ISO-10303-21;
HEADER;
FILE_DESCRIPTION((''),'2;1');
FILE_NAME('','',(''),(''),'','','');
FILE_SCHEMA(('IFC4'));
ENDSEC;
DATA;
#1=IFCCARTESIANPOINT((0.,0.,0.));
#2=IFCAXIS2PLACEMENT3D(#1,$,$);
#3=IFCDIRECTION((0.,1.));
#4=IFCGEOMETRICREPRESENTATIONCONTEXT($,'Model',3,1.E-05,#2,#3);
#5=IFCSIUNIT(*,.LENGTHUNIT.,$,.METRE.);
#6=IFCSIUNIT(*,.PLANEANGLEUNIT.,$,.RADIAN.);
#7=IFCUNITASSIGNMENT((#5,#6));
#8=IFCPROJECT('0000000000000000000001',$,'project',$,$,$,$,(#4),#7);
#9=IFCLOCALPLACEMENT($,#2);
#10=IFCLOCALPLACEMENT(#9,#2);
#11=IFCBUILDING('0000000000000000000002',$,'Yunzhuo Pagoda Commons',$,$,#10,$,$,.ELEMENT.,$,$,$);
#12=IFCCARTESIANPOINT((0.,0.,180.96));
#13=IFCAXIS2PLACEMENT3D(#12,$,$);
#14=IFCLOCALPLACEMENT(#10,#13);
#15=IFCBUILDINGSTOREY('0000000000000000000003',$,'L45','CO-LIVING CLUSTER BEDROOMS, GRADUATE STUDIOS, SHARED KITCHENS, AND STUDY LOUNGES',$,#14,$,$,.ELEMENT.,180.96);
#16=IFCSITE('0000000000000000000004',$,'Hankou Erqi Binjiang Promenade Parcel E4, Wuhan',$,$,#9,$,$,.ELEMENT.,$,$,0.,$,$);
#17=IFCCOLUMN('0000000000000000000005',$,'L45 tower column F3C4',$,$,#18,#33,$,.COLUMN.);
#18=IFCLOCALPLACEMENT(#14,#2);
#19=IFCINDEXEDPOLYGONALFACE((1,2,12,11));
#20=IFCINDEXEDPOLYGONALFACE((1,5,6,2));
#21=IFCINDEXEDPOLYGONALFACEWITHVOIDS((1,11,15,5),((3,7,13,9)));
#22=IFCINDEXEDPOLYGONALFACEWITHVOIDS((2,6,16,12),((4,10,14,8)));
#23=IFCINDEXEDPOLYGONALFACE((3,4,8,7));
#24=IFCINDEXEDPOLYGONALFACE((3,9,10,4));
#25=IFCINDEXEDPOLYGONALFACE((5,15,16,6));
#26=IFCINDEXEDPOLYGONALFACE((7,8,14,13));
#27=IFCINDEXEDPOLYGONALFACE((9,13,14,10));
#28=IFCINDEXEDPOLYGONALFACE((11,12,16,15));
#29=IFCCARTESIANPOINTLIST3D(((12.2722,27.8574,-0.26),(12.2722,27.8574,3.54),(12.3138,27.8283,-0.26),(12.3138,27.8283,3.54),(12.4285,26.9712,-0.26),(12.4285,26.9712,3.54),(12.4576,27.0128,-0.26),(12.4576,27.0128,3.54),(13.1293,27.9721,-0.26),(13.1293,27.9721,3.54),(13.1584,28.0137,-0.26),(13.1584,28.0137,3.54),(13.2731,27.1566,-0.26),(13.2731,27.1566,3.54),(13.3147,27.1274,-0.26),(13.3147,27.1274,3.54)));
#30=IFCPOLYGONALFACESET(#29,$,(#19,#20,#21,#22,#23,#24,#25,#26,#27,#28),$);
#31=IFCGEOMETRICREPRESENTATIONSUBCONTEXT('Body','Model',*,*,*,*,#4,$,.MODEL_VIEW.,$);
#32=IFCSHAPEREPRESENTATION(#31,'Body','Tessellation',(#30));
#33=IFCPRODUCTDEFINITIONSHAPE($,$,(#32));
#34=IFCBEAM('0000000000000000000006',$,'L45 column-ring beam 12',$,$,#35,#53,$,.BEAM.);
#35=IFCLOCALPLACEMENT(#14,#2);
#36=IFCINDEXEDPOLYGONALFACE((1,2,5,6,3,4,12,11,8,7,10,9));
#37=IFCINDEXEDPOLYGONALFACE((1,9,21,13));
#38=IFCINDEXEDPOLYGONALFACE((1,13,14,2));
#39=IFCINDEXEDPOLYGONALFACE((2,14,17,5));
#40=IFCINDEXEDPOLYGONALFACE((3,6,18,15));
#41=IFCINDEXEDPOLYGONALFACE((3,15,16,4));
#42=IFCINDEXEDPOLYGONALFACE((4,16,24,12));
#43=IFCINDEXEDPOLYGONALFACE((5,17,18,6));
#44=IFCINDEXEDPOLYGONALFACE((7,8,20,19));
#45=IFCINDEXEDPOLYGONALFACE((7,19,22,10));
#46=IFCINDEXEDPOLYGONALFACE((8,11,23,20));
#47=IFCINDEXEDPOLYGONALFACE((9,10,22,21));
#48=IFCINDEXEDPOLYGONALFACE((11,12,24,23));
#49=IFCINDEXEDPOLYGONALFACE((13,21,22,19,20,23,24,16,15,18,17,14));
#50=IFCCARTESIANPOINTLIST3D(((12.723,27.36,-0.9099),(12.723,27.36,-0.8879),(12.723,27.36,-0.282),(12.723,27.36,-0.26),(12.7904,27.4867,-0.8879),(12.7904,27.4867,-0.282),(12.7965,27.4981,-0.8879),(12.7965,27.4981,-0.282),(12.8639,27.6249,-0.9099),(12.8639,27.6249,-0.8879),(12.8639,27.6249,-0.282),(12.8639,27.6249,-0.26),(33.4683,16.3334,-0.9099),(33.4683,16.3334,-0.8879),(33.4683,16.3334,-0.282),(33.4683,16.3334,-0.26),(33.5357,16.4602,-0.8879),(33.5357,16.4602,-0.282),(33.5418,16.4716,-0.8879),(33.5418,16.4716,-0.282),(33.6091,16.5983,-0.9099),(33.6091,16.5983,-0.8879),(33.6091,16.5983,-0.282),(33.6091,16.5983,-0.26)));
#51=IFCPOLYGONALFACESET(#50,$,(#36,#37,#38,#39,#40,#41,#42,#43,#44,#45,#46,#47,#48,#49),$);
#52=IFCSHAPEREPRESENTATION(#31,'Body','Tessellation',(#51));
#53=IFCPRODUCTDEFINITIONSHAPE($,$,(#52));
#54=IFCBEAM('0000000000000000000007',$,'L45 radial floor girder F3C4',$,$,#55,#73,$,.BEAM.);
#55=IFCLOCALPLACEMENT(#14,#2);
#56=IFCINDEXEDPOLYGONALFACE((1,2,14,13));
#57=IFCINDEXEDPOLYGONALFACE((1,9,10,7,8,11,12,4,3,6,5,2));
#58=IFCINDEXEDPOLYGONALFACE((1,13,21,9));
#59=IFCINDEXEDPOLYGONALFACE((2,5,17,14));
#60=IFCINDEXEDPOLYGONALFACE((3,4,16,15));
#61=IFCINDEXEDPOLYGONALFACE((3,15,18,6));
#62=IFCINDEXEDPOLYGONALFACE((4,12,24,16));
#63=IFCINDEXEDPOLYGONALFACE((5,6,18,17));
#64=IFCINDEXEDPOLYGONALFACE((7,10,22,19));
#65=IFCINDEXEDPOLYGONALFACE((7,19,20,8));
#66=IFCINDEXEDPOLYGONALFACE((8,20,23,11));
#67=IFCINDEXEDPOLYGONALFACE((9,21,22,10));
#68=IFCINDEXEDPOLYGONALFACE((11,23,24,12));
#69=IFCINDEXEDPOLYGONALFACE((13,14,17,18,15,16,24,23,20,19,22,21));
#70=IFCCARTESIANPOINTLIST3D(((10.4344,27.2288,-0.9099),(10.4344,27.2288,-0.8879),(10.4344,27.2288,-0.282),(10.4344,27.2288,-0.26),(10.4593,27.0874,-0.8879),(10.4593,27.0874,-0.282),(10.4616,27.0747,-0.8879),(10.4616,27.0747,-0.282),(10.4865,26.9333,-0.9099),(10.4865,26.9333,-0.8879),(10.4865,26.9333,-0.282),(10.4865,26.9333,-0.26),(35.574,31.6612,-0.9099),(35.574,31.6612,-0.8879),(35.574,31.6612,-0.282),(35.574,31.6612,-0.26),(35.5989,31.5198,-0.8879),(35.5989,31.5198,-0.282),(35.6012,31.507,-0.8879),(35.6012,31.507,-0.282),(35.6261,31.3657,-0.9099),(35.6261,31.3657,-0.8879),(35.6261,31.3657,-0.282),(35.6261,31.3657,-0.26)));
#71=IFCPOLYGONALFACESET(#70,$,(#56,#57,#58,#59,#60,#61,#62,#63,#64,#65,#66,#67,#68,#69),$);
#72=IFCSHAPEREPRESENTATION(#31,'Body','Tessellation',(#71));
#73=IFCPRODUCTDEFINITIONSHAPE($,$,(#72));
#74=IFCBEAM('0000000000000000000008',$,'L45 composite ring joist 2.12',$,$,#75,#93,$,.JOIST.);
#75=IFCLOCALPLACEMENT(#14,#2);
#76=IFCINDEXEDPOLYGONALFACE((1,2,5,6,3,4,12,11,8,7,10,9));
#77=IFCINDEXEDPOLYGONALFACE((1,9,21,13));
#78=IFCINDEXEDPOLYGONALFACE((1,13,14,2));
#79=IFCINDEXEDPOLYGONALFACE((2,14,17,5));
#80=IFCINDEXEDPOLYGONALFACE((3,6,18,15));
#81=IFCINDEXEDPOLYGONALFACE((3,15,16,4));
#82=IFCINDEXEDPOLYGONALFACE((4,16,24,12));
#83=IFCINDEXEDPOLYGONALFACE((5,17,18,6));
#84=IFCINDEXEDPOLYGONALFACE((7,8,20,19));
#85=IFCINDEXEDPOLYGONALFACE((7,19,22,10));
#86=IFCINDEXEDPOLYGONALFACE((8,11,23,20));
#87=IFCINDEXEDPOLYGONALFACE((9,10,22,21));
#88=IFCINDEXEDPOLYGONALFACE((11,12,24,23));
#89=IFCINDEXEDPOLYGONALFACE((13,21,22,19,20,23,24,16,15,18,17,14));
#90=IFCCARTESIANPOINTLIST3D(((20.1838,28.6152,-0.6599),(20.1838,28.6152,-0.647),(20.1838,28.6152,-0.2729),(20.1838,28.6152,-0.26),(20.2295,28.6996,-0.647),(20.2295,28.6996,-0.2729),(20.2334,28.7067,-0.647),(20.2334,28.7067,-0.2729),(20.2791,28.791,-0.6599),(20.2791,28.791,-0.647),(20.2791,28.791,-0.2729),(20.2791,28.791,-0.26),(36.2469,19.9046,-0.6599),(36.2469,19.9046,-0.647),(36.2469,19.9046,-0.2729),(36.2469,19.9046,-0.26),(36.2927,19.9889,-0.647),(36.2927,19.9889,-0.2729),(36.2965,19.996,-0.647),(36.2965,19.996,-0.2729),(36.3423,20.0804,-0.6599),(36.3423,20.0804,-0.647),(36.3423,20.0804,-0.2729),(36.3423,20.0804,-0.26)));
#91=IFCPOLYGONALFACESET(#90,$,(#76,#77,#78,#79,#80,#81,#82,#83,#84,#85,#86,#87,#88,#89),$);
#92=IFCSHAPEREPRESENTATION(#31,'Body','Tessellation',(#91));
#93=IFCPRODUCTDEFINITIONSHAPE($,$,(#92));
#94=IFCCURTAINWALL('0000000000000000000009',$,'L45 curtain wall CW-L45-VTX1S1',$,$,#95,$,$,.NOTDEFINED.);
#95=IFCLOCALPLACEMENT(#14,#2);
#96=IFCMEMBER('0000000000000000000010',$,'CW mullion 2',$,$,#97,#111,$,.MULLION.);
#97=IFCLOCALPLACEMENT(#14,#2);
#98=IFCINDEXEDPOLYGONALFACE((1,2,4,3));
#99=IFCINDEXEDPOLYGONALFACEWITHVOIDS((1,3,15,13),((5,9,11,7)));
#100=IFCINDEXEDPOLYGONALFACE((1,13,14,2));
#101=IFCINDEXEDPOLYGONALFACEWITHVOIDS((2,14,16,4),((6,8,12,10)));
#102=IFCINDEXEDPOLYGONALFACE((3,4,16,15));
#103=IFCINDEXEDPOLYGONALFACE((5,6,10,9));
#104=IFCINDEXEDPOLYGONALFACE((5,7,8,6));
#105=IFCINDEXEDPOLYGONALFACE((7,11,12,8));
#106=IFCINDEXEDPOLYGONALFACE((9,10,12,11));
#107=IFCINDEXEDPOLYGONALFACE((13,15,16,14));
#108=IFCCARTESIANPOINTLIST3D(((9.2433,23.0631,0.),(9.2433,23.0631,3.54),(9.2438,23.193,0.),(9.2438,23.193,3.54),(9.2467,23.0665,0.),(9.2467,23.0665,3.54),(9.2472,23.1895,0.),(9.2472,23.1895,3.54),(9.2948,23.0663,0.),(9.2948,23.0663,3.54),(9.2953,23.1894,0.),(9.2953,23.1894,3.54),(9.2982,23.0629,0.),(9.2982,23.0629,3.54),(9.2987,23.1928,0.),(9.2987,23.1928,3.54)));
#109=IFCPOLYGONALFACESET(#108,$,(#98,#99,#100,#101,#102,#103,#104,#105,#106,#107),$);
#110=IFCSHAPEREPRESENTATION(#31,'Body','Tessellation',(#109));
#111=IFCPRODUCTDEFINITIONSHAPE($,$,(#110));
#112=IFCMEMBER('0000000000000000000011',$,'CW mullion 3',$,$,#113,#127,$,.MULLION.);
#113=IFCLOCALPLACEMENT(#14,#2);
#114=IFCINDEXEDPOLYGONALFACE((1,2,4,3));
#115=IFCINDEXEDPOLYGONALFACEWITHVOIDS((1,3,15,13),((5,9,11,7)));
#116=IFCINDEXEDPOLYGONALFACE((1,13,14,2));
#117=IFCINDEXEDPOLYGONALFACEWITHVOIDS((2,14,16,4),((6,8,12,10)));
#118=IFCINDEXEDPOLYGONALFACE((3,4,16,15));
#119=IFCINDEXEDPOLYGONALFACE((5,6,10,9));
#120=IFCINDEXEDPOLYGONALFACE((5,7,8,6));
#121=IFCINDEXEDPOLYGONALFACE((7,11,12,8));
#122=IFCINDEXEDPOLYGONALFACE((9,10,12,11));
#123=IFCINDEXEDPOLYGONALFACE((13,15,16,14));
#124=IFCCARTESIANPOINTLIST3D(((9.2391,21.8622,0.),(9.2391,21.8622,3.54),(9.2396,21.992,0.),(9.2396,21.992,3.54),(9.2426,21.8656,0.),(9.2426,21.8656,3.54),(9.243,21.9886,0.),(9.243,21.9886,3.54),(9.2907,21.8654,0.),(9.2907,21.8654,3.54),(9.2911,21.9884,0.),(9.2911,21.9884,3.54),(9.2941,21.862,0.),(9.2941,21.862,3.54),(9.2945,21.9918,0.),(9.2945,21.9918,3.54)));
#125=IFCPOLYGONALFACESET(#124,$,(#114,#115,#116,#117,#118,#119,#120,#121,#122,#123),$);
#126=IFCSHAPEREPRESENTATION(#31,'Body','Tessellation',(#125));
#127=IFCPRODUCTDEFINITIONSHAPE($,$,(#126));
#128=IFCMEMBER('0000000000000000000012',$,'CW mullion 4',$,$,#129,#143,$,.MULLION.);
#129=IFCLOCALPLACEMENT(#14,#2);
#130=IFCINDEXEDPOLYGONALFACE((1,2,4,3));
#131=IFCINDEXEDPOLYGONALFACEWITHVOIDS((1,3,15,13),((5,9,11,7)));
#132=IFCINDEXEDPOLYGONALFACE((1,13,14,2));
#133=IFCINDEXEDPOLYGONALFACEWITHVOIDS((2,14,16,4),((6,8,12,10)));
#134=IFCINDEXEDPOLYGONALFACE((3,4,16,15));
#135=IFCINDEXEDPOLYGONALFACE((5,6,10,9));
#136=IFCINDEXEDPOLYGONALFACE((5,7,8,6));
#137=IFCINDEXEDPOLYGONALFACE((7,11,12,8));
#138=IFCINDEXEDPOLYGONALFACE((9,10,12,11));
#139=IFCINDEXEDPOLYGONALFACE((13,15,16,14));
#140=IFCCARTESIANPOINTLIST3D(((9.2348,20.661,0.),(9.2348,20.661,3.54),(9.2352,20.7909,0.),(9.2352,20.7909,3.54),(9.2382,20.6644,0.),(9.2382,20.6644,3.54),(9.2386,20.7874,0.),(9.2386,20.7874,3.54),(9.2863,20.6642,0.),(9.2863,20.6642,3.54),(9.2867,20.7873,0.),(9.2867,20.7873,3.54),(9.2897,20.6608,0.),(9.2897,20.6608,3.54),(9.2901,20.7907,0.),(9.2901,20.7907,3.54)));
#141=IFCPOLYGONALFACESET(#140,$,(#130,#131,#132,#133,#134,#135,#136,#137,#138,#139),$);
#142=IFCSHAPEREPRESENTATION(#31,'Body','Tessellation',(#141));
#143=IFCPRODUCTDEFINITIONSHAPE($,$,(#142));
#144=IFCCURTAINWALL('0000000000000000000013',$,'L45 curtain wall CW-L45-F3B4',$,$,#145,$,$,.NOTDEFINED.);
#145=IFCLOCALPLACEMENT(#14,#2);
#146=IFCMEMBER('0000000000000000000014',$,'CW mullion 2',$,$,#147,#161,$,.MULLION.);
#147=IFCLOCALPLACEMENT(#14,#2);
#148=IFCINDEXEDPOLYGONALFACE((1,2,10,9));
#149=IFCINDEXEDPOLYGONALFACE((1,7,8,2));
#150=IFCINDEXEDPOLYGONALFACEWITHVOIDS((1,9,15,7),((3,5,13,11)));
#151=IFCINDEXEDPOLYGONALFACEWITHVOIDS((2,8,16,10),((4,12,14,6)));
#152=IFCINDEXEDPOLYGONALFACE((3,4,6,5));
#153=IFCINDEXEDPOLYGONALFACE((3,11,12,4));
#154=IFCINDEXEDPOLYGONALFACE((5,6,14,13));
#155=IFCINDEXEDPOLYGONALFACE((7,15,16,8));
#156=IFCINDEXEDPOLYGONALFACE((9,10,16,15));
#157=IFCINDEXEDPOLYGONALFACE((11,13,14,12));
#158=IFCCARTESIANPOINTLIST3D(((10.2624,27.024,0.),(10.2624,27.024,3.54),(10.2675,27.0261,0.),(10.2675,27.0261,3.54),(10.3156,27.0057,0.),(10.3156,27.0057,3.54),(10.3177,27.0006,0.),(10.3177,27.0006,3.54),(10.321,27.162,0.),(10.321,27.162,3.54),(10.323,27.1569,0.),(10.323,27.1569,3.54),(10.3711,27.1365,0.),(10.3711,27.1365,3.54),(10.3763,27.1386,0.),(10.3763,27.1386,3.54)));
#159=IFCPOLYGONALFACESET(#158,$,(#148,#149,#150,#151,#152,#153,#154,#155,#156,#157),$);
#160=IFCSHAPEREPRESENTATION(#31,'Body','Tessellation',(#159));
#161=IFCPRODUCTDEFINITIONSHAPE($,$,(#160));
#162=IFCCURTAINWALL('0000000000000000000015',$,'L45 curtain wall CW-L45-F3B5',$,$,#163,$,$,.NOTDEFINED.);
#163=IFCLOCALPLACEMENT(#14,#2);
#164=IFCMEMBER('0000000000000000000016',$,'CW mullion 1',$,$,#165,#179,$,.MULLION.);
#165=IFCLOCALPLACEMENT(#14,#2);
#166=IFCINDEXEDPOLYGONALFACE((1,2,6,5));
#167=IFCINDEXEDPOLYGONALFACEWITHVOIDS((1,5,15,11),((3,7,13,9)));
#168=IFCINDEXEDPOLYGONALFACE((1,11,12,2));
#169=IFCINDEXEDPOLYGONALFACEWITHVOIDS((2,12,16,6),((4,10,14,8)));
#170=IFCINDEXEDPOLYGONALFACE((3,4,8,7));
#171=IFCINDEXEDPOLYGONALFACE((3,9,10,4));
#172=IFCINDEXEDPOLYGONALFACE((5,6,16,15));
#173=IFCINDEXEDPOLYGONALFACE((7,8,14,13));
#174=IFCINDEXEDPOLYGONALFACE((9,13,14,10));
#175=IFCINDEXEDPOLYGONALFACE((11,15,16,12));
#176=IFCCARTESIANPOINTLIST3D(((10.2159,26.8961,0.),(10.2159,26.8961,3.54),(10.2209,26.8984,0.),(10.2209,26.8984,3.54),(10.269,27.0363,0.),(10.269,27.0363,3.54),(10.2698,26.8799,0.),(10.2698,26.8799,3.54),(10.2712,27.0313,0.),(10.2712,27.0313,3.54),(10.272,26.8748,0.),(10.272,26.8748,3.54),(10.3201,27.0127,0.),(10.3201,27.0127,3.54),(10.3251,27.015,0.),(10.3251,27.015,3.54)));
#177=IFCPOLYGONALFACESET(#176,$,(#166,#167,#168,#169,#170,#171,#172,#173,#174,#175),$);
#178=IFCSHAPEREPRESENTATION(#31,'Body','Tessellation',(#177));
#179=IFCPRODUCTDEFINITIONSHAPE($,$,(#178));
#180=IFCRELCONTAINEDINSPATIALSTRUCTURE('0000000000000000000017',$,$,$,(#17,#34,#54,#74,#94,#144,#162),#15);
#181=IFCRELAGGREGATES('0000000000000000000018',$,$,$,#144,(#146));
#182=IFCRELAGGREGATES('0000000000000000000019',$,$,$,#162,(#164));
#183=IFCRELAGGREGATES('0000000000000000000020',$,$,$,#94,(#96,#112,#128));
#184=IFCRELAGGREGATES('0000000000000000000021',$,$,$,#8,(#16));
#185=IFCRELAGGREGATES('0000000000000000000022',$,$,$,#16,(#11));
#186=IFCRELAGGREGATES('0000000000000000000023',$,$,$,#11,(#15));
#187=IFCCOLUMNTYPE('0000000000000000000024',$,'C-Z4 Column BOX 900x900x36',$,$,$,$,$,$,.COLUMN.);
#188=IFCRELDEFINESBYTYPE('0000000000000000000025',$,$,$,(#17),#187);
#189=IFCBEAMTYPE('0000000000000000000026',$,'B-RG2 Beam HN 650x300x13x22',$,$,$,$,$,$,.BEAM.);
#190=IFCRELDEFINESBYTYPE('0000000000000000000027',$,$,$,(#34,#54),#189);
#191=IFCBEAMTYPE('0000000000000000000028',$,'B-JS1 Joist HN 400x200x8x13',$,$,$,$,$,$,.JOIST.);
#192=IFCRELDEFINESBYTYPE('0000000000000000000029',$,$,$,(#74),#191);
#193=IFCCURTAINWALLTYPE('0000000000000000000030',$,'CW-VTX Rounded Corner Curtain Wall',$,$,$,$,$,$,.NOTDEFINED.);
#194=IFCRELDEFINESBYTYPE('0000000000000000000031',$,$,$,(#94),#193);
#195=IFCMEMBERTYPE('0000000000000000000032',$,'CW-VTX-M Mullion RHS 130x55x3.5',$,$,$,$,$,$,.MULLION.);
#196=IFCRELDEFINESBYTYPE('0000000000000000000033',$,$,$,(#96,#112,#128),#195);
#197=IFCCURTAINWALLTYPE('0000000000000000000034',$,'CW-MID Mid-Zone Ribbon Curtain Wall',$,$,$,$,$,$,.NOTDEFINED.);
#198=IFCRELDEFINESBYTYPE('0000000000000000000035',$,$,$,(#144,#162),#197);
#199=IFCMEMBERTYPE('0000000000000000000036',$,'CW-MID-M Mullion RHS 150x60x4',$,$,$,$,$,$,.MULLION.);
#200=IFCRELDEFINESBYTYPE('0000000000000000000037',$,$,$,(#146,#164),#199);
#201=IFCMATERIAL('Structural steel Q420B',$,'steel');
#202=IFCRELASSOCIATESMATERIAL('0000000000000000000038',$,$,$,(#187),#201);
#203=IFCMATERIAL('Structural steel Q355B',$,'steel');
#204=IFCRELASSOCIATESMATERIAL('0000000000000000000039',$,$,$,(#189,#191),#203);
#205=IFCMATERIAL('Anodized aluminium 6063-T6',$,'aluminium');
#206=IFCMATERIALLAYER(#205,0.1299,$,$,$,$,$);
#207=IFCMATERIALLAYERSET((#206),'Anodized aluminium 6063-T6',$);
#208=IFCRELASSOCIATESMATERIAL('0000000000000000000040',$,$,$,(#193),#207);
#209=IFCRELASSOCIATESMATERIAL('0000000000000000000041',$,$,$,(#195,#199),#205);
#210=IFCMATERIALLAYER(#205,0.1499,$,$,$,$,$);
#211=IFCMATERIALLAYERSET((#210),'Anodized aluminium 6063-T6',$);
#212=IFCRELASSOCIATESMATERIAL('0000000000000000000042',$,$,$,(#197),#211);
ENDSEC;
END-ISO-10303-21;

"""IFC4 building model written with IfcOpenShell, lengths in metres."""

from ifc_helpers import new_model, si_unit, direction, frame, origin, origin_2d, place, context, subcontext, project, spatial, hollow_rectangle, i_section, extrude, source, transform, mapped, material, layer, layer_set, material_profile, profile_set, type_object, element, aggregate, save


model = new_model("IFC4")

# Units and contexts
model_context = context("Model", 3, precision=1e-05, world=origin(), true_north=direction((0.0, 1.0)))
body_context = subcontext(model_context, "Body", "Model", "MODEL_VIEW")
ifc_project = project(units=[si_unit("LENGTHUNIT", "METRE"), si_unit("PLANEANGLEUNIT", "RADIAN")], contexts=[model_context])

# Site, building, storey
site_placement = place(None, origin())
site = spatial("IfcSite", under=ifc_project, at=site_placement, Name="Hankou Erqi Binjiang Promenade Parcel E4, Wuhan", CompositionType="ELEMENT", RefElevation=0.0)
building_placement = place(site_placement, origin())
building = spatial("IfcBuilding", under=site, at=building_placement, Name="Yunzhuo Pagoda Commons", CompositionType="ELEMENT")
storey_placement = place(building_placement, frame((0.0, 0.0, 180.96)))
storey = spatial("IfcBuildingStorey", under=building, at=storey_placement, Name="L45", Description="CO-LIVING CLUSTER BEDROOMS, GRADUATE STUDIOS, SHARED KITCHENS, AND STUDY LOUNGES", CompositionType="ELEMENT", Elevation=180.96)

# Column
ifc_material_1 = material(Name="Structural steel Q420B", Category="steel")
ifc_material_profile_1 = material_profile(ifc_material_1, hollow_rectangle(XDim=0.8999, YDim=0.8999, WallThickness=0.0359, at=origin_2d()), Name="Structural steel Q420B")
ifc_profile_set_1 = profile_set([ifc_material_profile_1], Name="Structural steel Q420B")
column_type = type_object("IfcColumnType", Name="C-Z4 Column BOX 900x900x36", PredefinedType="COLUMN", material=ifc_profile_set_1)
shared_shape_1 = source(origin(), body_context, "Body", "SweptSolid", [
    extrude(hollow_rectangle(XDim=0.8999, YDim=0.8999, WallThickness=0.0359, at=origin_2d()), origin(), (0.0, 0.0, 1.0), 3.8),
])
column_placement = place(storey_placement, frame((12.7935, 27.4924, -0.26), z_axis=(0.0, 0.0, 1.0), x_axis=(0.173648, -0.984808, 0.0)))
element("IfcColumn", 1, at=column_placement, inside=storey, type_object=column_type, Name="L45 tower column F3C4", PredefinedType="COLUMN", context=body_context, shape_type="MappedRepresentation", body=[
    mapped(shared_shape_1, transform((0.0, 0.0, 0.0), scale=1.0)),
])

# Beams
ifc_material_2 = material(Name="Structural steel Q355B", Category="steel")
ifc_material_profile_2 = material_profile(ifc_material_2, i_section(OverallWidth=0.3, OverallDepth=0.6499, WebThickness=0.0129, FlangeThickness=0.022, at=origin_2d()), Name="Structural steel Q355B")
ifc_profile_set_2 = profile_set([ifc_material_profile_2], Name="Structural steel Q355B")
beam_type_1 = type_object("IfcBeamType", Name="B-RG2 Beam HN 650x300x13x22", PredefinedType="BEAM", material=ifc_profile_set_2)
shared_shape_2 = source(origin(), body_context, "Body", "SweptSolid", [
    extrude(i_section(OverallWidth=0.3, OverallDepth=0.6499, WebThickness=0.0129, FlangeThickness=0.022, at=origin_2d()), origin(), (0.0, 0.0, 1.0), 23.4937),
])
beam_1_placement = place(storey_placement, frame((12.7935, 27.4924, -0.585), z_axis=(0.883016, -0.469342, 0.0), x_axis=(0.469342, 0.883016, 0.0)))
element("IfcBeam", 2, at=beam_1_placement, inside=storey, type_object=beam_type_1, Name="L45 column-ring beam 12", PredefinedType="BEAM", context=body_context, shape_type="MappedRepresentation", body=[
    mapped(shared_shape_2, transform((0.0, 0.0, 0.0), scale=1.0)),
])
shared_shape_3 = source(origin(), body_context, "Body", "SweptSolid", [
    extrude(i_section(OverallWidth=0.3, OverallDepth=0.6499, WebThickness=0.0129, FlangeThickness=0.022, at=origin_2d()), origin(), (0.0, 0.0, 1.0), 25.5273),
])
beam_2_placement = place(storey_placement, frame((10.4604, 27.0811, -0.585), z_axis=(0.984811, 0.173632, 0.0), x_axis=(-0.173632, 0.984811, 0.0)))
element("IfcBeam", 3, at=beam_2_placement, inside=storey, type_object=beam_type_1, Name="L45 radial floor girder F3C4", PredefinedType="BEAM", context=body_context, shape_type="MappedRepresentation", body=[
    mapped(shared_shape_3, transform((0.0, 0.0, 0.0), scale=1.0)),
])
ifc_material_profile_3 = material_profile(ifc_material_2, i_section(OverallWidth=0.2, OverallDepth=0.3999, WebThickness=0.0081, FlangeThickness=0.0129, at=origin_2d()), Name="Structural steel Q355B")
ifc_profile_set_3 = profile_set([ifc_material_profile_3], Name="Structural steel Q355B")
beam_type_2 = type_object("IfcBeamType", Name="B-JS1 Joist HN 400x200x8x13", PredefinedType="JOIST", material=ifc_profile_set_3)
shared_shape_4 = source(origin(), body_context, "Body", "SweptSolid", [
    extrude(i_section(OverallWidth=0.2, OverallDepth=0.3999, WebThickness=0.0081, FlangeThickness=0.0129, at=origin_2d()), origin(), (0.0, 0.0, 1.0), 18.2729),
])
beam_3_placement = place(storey_placement, frame((20.2314, 28.7031, -0.46), z_axis=(0.879068, -0.476697, 0.0), x_axis=(0.476697, 0.879068, 0.0)))
element("IfcBeam", 4, at=beam_3_placement, inside=storey, type_object=beam_type_2, Name="L45 composite ring joist 2.12", PredefinedType="JOIST", context=body_context, shape_type="MappedRepresentation", body=[
    mapped(shared_shape_4, transform((0.0, 0.0, 0.0), scale=1.0)),
])

# Curtain wall, members
ifc_material_3 = material(Name="Anodized aluminium 6063-T6", Category="aluminium")
ifc_layer_1 = layer(ifc_material_3, 0.1299)
ifc_layer_set_1 = layer_set([ifc_layer_1], Name="Anodized aluminium 6063-T6")
curtain_wall_type_1 = type_object("IfcCurtainWallType", Name="CW-VTX Rounded Corner Curtain Wall", PredefinedType="NOTDEFINED", material=ifc_layer_set_1)
curtain_wall_1_placement = place(storey_placement, origin())
curtain_wall_1 = element("IfcCurtainWall", 5, at=curtain_wall_1_placement, inside=storey, type_object=curtain_wall_type_1, Name="L45 curtain wall CW-L45-VTX1S1", PredefinedType="NOTDEFINED")
ifc_material_profile_4 = material_profile(ifc_material_3, hollow_rectangle(XDim=0.0549, YDim=0.1299, WallThickness=0.0034, at=origin_2d()), Name="Anodized aluminium 6063-T6")
ifc_profile_set_4 = profile_set([ifc_material_profile_4], Name="Anodized aluminium 6063-T6")
member_type_1 = type_object("IfcMemberType", Name="CW-VTX-M Mullion RHS 130x55x3.5", PredefinedType="MULLION", material=ifc_profile_set_4)
shared_shape_5 = source(origin(), body_context, "Body", "SweptSolid", [
    extrude(hollow_rectangle(XDim=0.0549, YDim=0.1299, WallThickness=0.0034, at=origin_2d()), origin(), (0.0, 0.0, 1.0), 3.54),
])
member_1_placement = place(storey_placement, frame((9.271, 23.1279, 0.0), z_axis=(0.0, 0.0, 1.0), x_axis=(0.999994, -0.00358, 0.0)))
member_1 = element("IfcMember", 6, at=member_1_placement, type_object=member_type_1, Name="CW mullion 2", PredefinedType="MULLION", context=body_context, shape_type="MappedRepresentation", body=[
    mapped(shared_shape_5, transform((0.0, 0.0, 0.0), scale=1.0)),
])
member_2_placement = place(storey_placement, frame((9.2668, 21.927, 0.0), z_axis=(0.0, 0.0, 1.0), x_axis=(0.999994, -0.00358, 0.0)))
member_2 = element("IfcMember", 7, at=member_2_placement, type_object=member_type_1, Name="CW mullion 3", PredefinedType="MULLION", context=body_context, shape_type="MappedRepresentation", body=[
    mapped(shared_shape_5, transform((0.0, 0.0, 0.0), scale=1.0)),
])
member_3_placement = place(storey_placement, frame((9.2625, 20.7258, 0.0), z_axis=(0.0, 0.0, 1.0), x_axis=(0.999994, -0.00358, 0.0)))
member_3 = element("IfcMember", 8, at=member_3_placement, type_object=member_type_1, Name="CW mullion 4", PredefinedType="MULLION", context=body_context, shape_type="MappedRepresentation", body=[
    mapped(shared_shape_5, transform((0.0, 0.0, 0.0), scale=1.0)),
])

# Curtain wall, member
ifc_layer_2 = layer(ifc_material_3, 0.1499)
ifc_layer_set_2 = layer_set([ifc_layer_2], Name="Anodized aluminium 6063-T6")
curtain_wall_type_2 = type_object("IfcCurtainWallType", Name="CW-MID Mid-Zone Ribbon Curtain Wall", PredefinedType="NOTDEFINED", material=ifc_layer_set_2)
curtain_wall_2_placement = place(storey_placement, origin())
curtain_wall_2 = element("IfcCurtainWall", 9, at=curtain_wall_2_placement, inside=storey, type_object=curtain_wall_type_2, Name="L45 curtain wall CW-L45-F3B4", PredefinedType="NOTDEFINED")
ifc_material_profile_5 = material_profile(ifc_material_3, hollow_rectangle(XDim=0.0601, YDim=0.1499, WallThickness=0.0039, at=origin_2d()), Name="Anodized aluminium 6063-T6")
ifc_profile_set_5 = profile_set([ifc_material_profile_5], Name="Anodized aluminium 6063-T6")
member_type_2 = type_object("IfcMemberType", Name="CW-MID-M Mullion RHS 150x60x4", PredefinedType="MULLION", material=ifc_profile_set_5)
shared_shape_6 = source(origin(), body_context, "Body", "SweptSolid", [
    extrude(hollow_rectangle(XDim=0.0601, YDim=0.1499, WallThickness=0.0039, at=origin_2d()), origin(), (0.0, 0.0, 1.0), 3.54),
])
member_4_placement = place(storey_placement, frame((10.3193, 27.0813, 0.0), z_axis=(0.0, 0.0, 1.0), x_axis=(0.920515, -0.390706, 0.0)))
member_4 = element("IfcMember", 10, at=member_4_placement, type_object=member_type_2, Name="CW mullion 2", PredefinedType="MULLION", context=body_context, shape_type="MappedRepresentation", body=[
    mapped(shared_shape_6, transform((0.0, 0.0, 0.0), scale=1.0)),
])
aggregate(curtain_wall_2, [member_4])

# Curtain wall, member
curtain_wall_3_placement = place(storey_placement, origin())
curtain_wall_3 = element("IfcCurtainWall", 11, at=curtain_wall_3_placement, inside=storey, type_object=curtain_wall_type_2, Name="L45 curtain wall CW-L45-F3B5", PredefinedType="NOTDEFINED")
member_5_placement = place(storey_placement, frame((10.2705, 26.9556, 0.0), z_axis=(0.0, 0.0, 1.0), x_axis=(0.935148, -0.354256, 0.0)))
member_5 = element("IfcMember", 12, at=member_5_placement, type_object=member_type_2, Name="CW mullion 1", PredefinedType="MULLION", context=body_context, shape_type="MappedRepresentation", body=[
    mapped(shared_shape_6, transform((0.0, 0.0, 0.0), scale=1.0)),
])

aggregate(curtain_wall_3, [member_5])
aggregate(curtain_wall_1, [member_1, member_2, member_3])

save(model, "model.ifc")
